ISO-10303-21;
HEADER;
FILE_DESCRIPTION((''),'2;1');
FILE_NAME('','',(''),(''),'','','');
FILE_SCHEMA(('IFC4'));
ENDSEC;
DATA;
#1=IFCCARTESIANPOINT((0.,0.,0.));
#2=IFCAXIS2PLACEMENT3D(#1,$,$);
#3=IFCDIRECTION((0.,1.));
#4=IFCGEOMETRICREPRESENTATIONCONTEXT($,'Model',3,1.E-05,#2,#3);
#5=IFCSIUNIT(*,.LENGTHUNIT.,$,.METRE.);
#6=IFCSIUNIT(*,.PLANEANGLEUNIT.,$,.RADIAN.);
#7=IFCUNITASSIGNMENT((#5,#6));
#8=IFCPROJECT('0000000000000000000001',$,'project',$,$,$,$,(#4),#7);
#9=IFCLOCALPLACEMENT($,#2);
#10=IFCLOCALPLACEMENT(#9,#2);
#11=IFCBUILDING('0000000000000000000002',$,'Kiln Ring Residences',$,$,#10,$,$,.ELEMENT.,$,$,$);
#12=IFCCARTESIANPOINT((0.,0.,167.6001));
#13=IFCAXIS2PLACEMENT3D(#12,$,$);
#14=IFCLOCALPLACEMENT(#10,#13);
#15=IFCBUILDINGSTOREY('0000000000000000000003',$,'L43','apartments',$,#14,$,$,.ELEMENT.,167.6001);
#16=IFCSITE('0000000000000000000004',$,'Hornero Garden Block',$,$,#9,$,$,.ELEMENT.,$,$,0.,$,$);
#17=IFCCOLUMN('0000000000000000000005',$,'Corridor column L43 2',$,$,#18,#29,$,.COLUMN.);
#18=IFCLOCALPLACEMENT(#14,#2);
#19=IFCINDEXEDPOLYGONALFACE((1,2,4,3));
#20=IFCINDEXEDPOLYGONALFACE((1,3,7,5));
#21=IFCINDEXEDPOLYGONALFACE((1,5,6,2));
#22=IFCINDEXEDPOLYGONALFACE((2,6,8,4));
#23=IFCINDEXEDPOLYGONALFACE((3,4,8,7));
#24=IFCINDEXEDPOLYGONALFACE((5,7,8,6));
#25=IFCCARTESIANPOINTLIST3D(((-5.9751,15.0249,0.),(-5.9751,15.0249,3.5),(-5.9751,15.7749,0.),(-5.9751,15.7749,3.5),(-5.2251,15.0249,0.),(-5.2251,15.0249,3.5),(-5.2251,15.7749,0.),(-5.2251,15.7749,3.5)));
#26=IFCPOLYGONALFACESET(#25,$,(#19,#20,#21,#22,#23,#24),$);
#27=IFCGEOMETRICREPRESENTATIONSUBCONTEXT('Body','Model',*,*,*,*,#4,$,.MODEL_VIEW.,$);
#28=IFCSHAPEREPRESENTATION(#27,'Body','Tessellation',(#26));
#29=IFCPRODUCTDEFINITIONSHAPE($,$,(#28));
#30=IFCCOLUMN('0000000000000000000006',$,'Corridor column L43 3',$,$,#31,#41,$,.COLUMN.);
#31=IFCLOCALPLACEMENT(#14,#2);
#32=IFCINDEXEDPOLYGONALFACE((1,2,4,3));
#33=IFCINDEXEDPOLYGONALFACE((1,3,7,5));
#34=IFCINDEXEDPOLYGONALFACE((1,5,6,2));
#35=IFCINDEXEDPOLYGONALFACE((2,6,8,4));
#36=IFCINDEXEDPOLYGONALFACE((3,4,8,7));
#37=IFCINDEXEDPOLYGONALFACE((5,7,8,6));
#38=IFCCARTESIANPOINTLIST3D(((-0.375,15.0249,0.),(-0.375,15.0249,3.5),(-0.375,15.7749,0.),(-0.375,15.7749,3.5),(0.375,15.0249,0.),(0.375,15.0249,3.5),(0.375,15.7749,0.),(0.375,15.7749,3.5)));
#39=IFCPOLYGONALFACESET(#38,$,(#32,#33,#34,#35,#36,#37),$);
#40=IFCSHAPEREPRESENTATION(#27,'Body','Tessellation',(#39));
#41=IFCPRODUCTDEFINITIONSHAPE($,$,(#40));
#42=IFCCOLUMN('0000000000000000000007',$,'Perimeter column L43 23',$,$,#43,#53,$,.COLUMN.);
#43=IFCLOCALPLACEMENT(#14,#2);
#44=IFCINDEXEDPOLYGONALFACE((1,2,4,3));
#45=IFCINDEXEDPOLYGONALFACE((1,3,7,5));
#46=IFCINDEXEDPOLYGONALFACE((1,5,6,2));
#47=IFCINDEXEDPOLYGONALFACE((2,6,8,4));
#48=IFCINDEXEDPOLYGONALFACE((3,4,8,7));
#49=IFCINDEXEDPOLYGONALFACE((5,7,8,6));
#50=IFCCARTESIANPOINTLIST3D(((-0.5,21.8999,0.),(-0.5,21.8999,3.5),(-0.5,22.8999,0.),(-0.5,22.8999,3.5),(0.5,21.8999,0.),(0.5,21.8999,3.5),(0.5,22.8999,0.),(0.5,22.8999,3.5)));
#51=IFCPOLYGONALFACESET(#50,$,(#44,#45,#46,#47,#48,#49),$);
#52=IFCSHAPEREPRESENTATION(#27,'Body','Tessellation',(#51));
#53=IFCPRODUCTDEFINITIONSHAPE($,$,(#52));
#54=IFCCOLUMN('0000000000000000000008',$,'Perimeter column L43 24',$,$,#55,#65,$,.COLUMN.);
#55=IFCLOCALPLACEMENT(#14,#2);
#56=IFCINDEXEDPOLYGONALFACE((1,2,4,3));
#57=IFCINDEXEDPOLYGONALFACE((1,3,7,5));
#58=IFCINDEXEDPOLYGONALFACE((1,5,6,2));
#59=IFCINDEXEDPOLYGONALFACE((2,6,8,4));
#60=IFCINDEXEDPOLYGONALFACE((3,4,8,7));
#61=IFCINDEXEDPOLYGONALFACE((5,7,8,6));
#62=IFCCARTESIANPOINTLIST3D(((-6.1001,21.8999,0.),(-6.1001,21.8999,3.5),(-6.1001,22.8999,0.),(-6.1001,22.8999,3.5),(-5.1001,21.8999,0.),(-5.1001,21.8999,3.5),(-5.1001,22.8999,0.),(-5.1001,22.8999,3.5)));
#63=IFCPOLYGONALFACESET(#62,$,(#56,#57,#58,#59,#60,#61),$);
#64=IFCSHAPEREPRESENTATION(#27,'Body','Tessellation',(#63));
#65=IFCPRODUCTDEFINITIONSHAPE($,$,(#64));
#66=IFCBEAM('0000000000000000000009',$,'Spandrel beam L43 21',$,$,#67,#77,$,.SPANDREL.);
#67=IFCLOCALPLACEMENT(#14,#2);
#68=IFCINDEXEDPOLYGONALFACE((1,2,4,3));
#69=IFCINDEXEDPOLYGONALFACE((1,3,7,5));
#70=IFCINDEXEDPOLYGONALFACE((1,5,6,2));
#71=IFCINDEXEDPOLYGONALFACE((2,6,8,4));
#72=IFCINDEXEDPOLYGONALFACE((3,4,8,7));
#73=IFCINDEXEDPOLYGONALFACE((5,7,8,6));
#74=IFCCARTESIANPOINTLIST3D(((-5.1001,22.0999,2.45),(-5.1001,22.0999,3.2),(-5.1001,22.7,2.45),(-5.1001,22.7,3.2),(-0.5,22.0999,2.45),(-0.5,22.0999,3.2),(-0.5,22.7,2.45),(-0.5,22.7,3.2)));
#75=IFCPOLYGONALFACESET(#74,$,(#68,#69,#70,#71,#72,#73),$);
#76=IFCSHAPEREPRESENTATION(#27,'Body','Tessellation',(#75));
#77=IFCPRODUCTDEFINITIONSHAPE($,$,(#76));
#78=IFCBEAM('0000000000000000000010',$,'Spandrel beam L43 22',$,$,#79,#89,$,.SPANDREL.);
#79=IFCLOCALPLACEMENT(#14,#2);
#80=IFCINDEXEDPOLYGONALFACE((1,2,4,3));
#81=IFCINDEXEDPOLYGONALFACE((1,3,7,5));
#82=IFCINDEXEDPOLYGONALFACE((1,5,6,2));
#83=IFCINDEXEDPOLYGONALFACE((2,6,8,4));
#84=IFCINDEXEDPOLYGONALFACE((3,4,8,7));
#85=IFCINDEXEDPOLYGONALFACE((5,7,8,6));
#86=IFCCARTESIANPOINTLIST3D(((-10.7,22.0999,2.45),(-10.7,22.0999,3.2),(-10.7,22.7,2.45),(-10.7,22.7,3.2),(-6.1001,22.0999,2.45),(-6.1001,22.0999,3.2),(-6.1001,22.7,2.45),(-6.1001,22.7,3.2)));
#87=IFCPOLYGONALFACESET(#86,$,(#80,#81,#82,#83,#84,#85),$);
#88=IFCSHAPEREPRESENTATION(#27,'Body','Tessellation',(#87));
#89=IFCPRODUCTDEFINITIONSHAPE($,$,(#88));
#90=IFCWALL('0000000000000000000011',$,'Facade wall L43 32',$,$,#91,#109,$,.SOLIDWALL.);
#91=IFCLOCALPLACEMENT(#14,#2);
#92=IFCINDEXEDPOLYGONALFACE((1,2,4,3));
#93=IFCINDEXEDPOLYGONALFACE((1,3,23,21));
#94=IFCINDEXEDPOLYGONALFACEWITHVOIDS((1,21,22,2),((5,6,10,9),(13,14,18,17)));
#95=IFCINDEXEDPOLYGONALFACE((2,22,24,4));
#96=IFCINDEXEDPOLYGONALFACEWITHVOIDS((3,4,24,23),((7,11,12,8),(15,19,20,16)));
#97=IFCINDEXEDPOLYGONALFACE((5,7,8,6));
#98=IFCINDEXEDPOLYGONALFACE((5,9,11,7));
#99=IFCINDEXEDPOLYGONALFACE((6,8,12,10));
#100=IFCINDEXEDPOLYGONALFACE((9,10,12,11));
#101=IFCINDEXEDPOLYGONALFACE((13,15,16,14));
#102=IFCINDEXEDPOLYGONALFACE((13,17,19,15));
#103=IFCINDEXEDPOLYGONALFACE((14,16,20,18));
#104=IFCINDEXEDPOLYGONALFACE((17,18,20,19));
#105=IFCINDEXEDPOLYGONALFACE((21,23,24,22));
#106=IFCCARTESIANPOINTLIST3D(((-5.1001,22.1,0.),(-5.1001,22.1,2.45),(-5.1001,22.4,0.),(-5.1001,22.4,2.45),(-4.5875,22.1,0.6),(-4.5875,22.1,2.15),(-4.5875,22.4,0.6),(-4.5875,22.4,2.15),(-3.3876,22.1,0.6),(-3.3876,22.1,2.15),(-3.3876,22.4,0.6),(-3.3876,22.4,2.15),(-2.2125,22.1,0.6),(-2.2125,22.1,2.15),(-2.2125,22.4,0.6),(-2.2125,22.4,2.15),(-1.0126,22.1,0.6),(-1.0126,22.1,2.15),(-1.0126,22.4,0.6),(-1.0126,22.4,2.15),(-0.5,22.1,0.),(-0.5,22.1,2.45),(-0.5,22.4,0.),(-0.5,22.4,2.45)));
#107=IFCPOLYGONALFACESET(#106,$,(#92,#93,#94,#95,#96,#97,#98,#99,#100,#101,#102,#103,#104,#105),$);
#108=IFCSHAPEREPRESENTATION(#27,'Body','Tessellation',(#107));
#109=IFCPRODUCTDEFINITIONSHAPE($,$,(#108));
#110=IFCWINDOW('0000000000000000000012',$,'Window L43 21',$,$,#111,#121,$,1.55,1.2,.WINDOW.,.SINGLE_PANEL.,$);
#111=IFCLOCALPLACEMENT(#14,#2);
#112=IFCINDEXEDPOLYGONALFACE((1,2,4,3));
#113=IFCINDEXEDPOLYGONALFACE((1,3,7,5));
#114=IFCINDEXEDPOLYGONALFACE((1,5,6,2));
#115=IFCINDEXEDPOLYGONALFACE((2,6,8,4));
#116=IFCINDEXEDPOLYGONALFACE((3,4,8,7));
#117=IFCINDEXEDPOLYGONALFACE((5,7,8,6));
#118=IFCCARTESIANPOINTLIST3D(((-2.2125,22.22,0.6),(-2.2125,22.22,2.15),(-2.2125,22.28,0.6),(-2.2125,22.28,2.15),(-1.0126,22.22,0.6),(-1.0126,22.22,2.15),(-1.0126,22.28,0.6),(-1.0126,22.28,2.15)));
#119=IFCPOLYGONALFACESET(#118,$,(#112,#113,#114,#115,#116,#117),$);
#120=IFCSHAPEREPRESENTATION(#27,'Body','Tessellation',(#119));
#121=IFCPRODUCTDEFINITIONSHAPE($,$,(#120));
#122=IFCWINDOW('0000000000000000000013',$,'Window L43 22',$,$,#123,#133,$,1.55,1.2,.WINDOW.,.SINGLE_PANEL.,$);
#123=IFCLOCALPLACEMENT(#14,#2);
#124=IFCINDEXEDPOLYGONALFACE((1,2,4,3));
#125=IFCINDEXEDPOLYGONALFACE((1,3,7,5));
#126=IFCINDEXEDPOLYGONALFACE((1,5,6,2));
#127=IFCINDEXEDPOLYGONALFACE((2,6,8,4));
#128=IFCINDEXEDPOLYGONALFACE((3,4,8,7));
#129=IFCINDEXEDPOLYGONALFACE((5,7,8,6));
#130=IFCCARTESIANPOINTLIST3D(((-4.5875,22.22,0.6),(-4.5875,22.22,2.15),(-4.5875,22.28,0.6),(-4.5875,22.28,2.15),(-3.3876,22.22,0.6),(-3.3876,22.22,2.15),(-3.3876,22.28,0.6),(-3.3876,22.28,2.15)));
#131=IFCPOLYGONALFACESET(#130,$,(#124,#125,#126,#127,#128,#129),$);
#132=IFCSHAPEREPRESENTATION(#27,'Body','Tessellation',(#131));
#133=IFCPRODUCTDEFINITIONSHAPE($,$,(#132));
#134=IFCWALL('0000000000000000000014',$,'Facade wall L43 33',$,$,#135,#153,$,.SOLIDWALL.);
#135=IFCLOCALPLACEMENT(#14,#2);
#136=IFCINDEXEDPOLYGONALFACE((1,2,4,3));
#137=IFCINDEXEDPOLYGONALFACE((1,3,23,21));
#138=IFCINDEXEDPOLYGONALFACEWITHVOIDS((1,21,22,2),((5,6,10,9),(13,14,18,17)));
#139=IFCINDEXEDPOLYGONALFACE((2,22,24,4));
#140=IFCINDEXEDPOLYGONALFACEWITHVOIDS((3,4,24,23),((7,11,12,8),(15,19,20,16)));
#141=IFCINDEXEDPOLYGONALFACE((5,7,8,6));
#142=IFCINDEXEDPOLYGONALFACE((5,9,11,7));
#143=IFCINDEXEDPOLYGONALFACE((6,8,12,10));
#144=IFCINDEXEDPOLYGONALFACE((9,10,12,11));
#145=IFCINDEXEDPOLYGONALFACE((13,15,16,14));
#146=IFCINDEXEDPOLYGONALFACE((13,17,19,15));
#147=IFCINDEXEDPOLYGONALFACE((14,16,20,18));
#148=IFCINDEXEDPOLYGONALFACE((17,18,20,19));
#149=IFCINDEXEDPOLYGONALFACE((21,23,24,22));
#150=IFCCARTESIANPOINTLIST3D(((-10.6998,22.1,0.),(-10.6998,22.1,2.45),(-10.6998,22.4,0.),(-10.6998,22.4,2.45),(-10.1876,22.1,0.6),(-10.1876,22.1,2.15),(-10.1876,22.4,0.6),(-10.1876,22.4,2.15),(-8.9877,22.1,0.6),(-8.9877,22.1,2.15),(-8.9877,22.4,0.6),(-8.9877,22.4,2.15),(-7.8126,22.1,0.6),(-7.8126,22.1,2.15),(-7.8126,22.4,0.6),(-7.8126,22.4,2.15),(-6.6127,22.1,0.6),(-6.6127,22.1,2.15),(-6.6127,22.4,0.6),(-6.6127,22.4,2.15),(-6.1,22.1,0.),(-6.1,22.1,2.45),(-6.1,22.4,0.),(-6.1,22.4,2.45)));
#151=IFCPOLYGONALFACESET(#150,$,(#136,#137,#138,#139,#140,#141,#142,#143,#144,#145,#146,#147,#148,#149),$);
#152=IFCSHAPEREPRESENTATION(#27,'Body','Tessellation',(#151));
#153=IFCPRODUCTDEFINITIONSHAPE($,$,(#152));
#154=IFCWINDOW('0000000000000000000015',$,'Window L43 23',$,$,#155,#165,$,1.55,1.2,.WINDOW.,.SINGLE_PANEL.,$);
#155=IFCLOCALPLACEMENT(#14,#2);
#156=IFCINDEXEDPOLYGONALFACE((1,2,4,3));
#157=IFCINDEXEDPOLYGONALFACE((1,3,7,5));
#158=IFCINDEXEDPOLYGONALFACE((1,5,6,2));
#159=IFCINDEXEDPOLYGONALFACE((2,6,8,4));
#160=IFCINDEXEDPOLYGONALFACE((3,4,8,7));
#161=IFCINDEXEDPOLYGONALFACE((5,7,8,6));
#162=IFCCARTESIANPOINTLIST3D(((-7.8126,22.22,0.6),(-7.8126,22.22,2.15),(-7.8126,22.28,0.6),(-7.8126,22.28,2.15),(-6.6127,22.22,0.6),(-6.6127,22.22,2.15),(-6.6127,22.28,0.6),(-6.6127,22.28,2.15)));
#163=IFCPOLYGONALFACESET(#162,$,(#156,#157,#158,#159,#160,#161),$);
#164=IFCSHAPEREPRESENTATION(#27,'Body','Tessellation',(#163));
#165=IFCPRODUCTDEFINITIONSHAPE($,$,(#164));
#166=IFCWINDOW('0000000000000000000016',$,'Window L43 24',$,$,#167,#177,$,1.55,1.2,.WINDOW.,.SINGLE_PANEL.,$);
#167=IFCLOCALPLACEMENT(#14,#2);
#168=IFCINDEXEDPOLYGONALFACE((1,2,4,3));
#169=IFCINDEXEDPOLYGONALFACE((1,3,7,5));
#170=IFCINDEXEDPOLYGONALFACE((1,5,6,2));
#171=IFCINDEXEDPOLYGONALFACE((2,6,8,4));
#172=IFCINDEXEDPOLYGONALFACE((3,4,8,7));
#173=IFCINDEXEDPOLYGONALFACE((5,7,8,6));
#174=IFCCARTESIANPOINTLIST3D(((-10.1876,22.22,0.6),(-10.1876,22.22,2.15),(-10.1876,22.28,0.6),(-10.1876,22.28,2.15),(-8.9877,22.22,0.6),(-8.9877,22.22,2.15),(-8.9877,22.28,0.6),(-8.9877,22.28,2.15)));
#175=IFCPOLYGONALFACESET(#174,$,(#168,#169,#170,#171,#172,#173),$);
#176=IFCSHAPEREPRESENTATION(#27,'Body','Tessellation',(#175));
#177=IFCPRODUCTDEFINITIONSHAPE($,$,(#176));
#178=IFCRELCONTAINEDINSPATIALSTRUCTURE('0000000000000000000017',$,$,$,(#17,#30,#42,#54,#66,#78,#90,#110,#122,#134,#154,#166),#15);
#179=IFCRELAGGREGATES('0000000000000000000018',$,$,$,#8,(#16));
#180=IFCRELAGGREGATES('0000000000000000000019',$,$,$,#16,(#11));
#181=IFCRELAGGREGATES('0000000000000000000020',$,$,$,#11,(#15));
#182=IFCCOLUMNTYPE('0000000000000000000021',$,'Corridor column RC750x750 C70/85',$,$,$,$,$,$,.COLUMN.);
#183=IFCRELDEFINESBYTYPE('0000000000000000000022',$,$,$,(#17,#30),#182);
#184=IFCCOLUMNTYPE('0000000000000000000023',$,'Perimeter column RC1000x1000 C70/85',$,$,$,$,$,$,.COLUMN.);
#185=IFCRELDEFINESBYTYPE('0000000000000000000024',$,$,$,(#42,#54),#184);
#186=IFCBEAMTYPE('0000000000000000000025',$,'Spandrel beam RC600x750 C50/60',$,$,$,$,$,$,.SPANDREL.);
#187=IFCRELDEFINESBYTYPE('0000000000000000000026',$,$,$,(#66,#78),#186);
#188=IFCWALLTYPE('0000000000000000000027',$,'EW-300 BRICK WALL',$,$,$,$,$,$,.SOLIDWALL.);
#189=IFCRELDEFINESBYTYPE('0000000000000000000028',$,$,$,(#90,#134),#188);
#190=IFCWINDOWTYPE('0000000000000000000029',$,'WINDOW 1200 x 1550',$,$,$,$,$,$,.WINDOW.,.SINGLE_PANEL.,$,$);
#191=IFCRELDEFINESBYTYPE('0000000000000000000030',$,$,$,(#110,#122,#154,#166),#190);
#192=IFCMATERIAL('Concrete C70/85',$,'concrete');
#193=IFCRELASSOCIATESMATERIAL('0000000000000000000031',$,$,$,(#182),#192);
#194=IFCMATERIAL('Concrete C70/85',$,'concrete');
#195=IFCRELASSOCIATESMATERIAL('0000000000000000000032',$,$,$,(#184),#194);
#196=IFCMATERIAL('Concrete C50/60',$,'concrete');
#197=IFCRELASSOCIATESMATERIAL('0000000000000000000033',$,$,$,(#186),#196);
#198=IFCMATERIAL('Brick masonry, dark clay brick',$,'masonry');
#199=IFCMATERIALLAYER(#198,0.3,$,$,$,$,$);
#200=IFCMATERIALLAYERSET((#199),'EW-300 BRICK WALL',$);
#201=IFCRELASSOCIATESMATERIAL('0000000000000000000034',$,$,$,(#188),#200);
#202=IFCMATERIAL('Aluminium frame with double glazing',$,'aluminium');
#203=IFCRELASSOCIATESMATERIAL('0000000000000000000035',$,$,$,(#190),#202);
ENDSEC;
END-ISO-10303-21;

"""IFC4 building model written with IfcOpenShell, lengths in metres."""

from ifc_helpers import new_model, si_unit, direction, frame, frame_2d, origin, origin_2d, place, context, subcontext, project, spatial, rectangle, extrude, material, layer, layer_set, material_profile, profile_set, type_object, element, fill, save


model = new_model("IFC4")

# Units and contexts
model_context = context("Model", 3, precision=1e-05, world=origin(), true_north=direction((0.0, 1.0)))
body_context = subcontext(model_context, "Body", "Model", "MODEL_VIEW")
ifc_project = project(units=[si_unit("LENGTHUNIT", "METRE"), si_unit("PLANEANGLEUNIT", "RADIAN")], contexts=[model_context])

# Site, building, storey
site_placement = place(None, origin())
site = spatial("IfcSite", under=ifc_project, at=site_placement, Name="Hornero Garden Block", CompositionType="ELEMENT", RefElevation=0.0)
building_placement = place(site_placement, origin())
building = spatial("IfcBuilding", under=site, at=building_placement, Name="Kiln Ring Residences", CompositionType="ELEMENT")
storey_placement = place(building_placement, frame((0.0, 0.0, 167.6001)))
storey = spatial("IfcBuildingStorey", under=building, at=storey_placement, Name="L43", Description="apartments", CompositionType="ELEMENT", Elevation=167.6001)

# Columns
ifc_material_1 = material(Name="Concrete C70/85", Category="concrete")
ifc_material_profile_1 = material_profile(ifc_material_1, rectangle(XDim=0.75, YDim=0.75, at=origin_2d()), Name="RC750x750")
ifc_profile_set_1 = profile_set([ifc_material_profile_1], Name="Concrete C70/85")
column_type_1 = type_object("IfcColumnType", Name="Corridor column RC750x750 C70/85", PredefinedType="COLUMN", material=ifc_profile_set_1)
for number, where, z_axis, x_axis, name in (
    (1, (-5.6001, 15.3999, 0.0), (0.0, 0.0, 1.0), (1.0, 0.0, 0.0), "Corridor column L43 2"),
    (2, (0.0, 15.3999, 0.0), (0.0, 0.0, 1.0), (1.0, 0.0, 0.0), "Corridor column L43 3"),
):
    element("IfcColumn", number, at=place(storey_placement, frame(where, z_axis=z_axis, x_axis=x_axis)), inside=storey, type_object=column_type_1, Name=name, PredefinedType="COLUMN", context=body_context, shape_type="SweptSolid", body=[
        extrude(rectangle(XDim=0.75, YDim=0.75, at=origin_2d()), origin(), (0.0, 0.0, 1.0), 3.5),
    ])
ifc_material_2 = material(Name="Concrete C70/85", Category="concrete")
ifc_material_profile_2 = material_profile(ifc_material_2, rectangle(XDim=1.0, YDim=1.0, at=origin_2d()), Name="RC1000x1000")
ifc_profile_set_2 = profile_set([ifc_material_profile_2], Name="Concrete C70/85")
column_type_2 = type_object("IfcColumnType", Name="Perimeter column RC1000x1000 C70/85", PredefinedType="COLUMN", material=ifc_profile_set_2)
for number, where, z_axis, x_axis, name in (
    (3, (0.0, 22.3999, 0.0), (0.0, 0.0, 1.0), (1.0, 0.0, 0.0), "Perimeter column L43 23"),
    (4, (-5.6001, 22.3999, 0.0), (0.0, 0.0, 1.0), (1.0, 0.0, 0.0), "Perimeter column L43 24"),
):
    element("IfcColumn", number, at=place(storey_placement, frame(where, z_axis=z_axis, x_axis=x_axis)), inside=storey, type_object=column_type_2, Name=name, PredefinedType="COLUMN", context=body_context, shape_type="SweptSolid", body=[
        extrude(rectangle(XDim=1.0, YDim=1.0, at=origin_2d()), origin(), (0.0, 0.0, 1.0), 3.5),
    ])

# Beams
ifc_material_3 = material(Name="Concrete C50/60", Category="concrete")
ifc_material_profile_3 = material_profile(ifc_material_3, rectangle(XDim=0.6001, YDim=0.75, at=origin_2d()), Name="RC600x750")
ifc_profile_set_3 = profile_set([ifc_material_profile_3], Name="Concrete C50/60")
beam_type = type_object("IfcBeamType", Name="Spandrel beam RC600x750 C50/60", PredefinedType="SPANDREL", material=ifc_profile_set_3)
beam_1_placement = place(storey_placement, frame((-0.5, 22.3999, 2.825), z_axis=(-1.0, 0.0, 0.0), x_axis=(0.0, -1.0, 0.0)))
element("IfcBeam", 5, at=beam_1_placement, inside=storey, type_object=beam_type, Name="Spandrel beam L43 21", PredefinedType="SPANDREL", context=body_context, shape_type="SweptSolid", body=[
    extrude(rectangle(XDim=0.6001, YDim=0.75, at=origin_2d()), origin(), (0.0, 0.0, 1.0), 4.6001),
])
beam_2_placement = place(storey_placement, frame((-6.1001, 22.3999, 2.825), z_axis=(-1.0, 0.0, 0.0), x_axis=(0.0, -1.0, 0.0)))
element("IfcBeam", 6, at=beam_2_placement, inside=storey, type_object=beam_type, Name="Spandrel beam L43 22", PredefinedType="SPANDREL", context=body_context, shape_type="SweptSolid", body=[
    extrude(rectangle(XDim=0.6001, YDim=0.75, at=origin_2d()), origin(), (0.0, 0.0, 1.0), 4.5999),
])

# Walls, openings, windows
ifc_material_4 = material(Name="Brick masonry, dark clay brick", Category="masonry")
ifc_layer_1 = layer(ifc_material_4, 0.3)
ifc_layer_set_1 = layer_set([ifc_layer_1], Name="EW-300 BRICK WALL")
wall_type_1 = type_object("IfcWallType", Name="EW-300 BRICK WALL", PredefinedType="SOLIDWALL", material=ifc_layer_set_1)
wall_1_placement = place(storey_placement, frame((-0.5, 22.25, 0.0), z_axis=(0.0, 0.0, 1.0), x_axis=(-1.0, 0.0, 0.0)))
wall_1 = element("IfcWall", 7, at=wall_1_placement, inside=storey, type_object=wall_type_1, Name="Facade wall L43 32", PredefinedType="SOLIDWALL", context=body_context, shape_type="SweptSolid", body=[
    extrude(rectangle(XDim=4.6001, YDim=0.3, at=frame_2d((2.3, 0.0))), origin(), (0.0, 0.0, 1.0), 2.45),
])
opening_1_placement = place(wall_1_placement, frame((0.5125, 0.0, 0.6001)))
opening_1 = element("IfcOpeningElement", 8, at=opening_1_placement, cuts=wall_1, PredefinedType="OPENING", context=body_context, shape_type="SweptSolid", body=[
    extrude(rectangle(XDim=1.2, YDim=1.55, at=frame_2d((0.6001, 0.7749))), frame((0.0, 0.1599, 0.0), z_axis=(0.0, -1.0, 0.0), x_axis=(1.0, 0.0, 0.0)), (0.0, 0.0, 1.0), 0.3201),
])
opening_2_placement = place(wall_1_placement, frame((2.8875, 0.0, 0.6001)))
opening_2 = element("IfcOpeningElement", 9, at=opening_2_placement, cuts=wall_1, PredefinedType="OPENING", context=body_context, shape_type="SweptSolid", body=[
    extrude(rectangle(XDim=1.2, YDim=1.55, at=frame_2d((0.6001, 0.7749))), frame((0.0, 0.1599, 0.0), z_axis=(0.0, -1.0, 0.0), x_axis=(1.0, 0.0, 0.0)), (0.0, 0.0, 1.0), 0.3201),
])
ifc_material_5 = material(Name="Aluminium frame with double glazing", Category="aluminium")
window_type = type_object("IfcWindowType", Name="WINDOW 1200 x 1550", PartitioningType="SINGLE_PANEL", PredefinedType="WINDOW", material=ifc_material_5)
window_1_placement = place(opening_1_placement, origin())
window_1 = element("IfcWindow", 10, at=window_1_placement, inside=storey, type_object=window_type, Name="Window L43 21", OverallHeight=1.55, OverallWidth=1.2, PartitioningType="SINGLE_PANEL", PredefinedType="WINDOW", context=body_context, shape_type="SweptSolid", body=[
    extrude(rectangle(XDim=1.2, YDim=1.55, at=frame_2d((0.6001, 0.7749))), frame((0.0, 0.03, 0.0), z_axis=(0.0, -1.0, 0.0), x_axis=(1.0, 0.0, 0.0)), (0.0, 0.0, 1.0), 0.0601),
])
fill(opening_1, window_1)
window_2_placement = place(opening_2_placement, origin())
window_2 = element("IfcWindow", 11, at=window_2_placement, inside=storey, type_object=window_type, Name="Window L43 22", OverallHeight=1.55, OverallWidth=1.2, PartitioningType="SINGLE_PANEL", PredefinedType="WINDOW", context=body_context, shape_type="SweptSolid", body=[
    extrude(rectangle(XDim=1.2, YDim=1.55, at=frame_2d((0.6001, 0.7749))), frame((0.0, 0.03, 0.0), z_axis=(0.0, -1.0, 0.0), x_axis=(1.0, 0.0, 0.0)), (0.0, 0.0, 1.0), 0.0601),
])
fill(opening_2, window_2)
wall_2_placement = place(storey_placement, frame((-6.1001, 22.25, 0.0), z_axis=(0.0, 0.0, 1.0), x_axis=(-1.0, 0.0, 0.0)))
wall_2 = element("IfcWall", 12, at=wall_2_placement, inside=storey, type_object=wall_type_1, Name="Facade wall L43 33", PredefinedType="SOLIDWALL", context=body_context, shape_type="SweptSolid", body=[
    extrude(rectangle(XDim=4.5999, YDim=0.3, at=frame_2d((2.2998, 0.0))), origin(), (0.0, 0.0, 1.0), 2.45),
])
opening_3_placement = place(wall_2_placement, frame((0.5125, 0.0, 0.6001)))
opening_3 = element("IfcOpeningElement", 13, at=opening_3_placement, cuts=wall_2, PredefinedType="OPENING", context=body_context, shape_type="SweptSolid", body=[
    extrude(rectangle(XDim=1.2, YDim=1.55, at=frame_2d((0.6001, 0.7749))), frame((0.0, 0.1599, 0.0), z_axis=(0.0, -1.0, 0.0), x_axis=(1.0, 0.0, 0.0)), (0.0, 0.0, 1.0), 0.3201),
])
opening_4_placement = place(wall_2_placement, frame((2.8875, 0.0, 0.6001)))
opening_4 = element("IfcOpeningElement", 14, at=opening_4_placement, cuts=wall_2, PredefinedType="OPENING", context=body_context, shape_type="SweptSolid", body=[
    extrude(rectangle(XDim=1.2, YDim=1.55, at=frame_2d((0.6001, 0.7749))), frame((0.0, 0.1599, 0.0), z_axis=(0.0, -1.0, 0.0), x_axis=(1.0, 0.0, 0.0)), (0.0, 0.0, 1.0), 0.3201),
])
window_3_placement = place(opening_3_placement, origin())
window_3 = element("IfcWindow", 15, at=window_3_placement, inside=storey, type_object=window_type, Name="Window L43 23", OverallHeight=1.55, OverallWidth=1.2, PartitioningType="SINGLE_PANEL", PredefinedType="WINDOW", context=body_context, shape_type="SweptSolid", body=[
    extrude(rectangle(XDim=1.2, YDim=1.55, at=frame_2d((0.6001, 0.7749))), frame((0.0, 0.03, 0.0), z_axis=(0.0, -1.0, 0.0), x_axis=(1.0, 0.0, 0.0)), (0.0, 0.0, 1.0), 0.0601),
])
fill(opening_3, window_3)
window_4_placement = place(opening_4_placement, origin())
window_4 = element("IfcWindow", 16, at=window_4_placement, inside=storey, type_object=window_type, Name="Window L43 24", OverallHeight=1.55, OverallWidth=1.2, PartitioningType="SINGLE_PANEL", PredefinedType="WINDOW", context=body_context, shape_type="SweptSolid", body=[
    extrude(rectangle(XDim=1.2, YDim=1.55, at=frame_2d((0.6001, 0.7749))), frame((0.0, 0.03, 0.0), z_axis=(0.0, -1.0, 0.0), x_axis=(1.0, 0.0, 0.0)), (0.0, 0.0, 1.0), 0.0601),
])
fill(opening_4, window_4)

save(model, "model.ifc")
